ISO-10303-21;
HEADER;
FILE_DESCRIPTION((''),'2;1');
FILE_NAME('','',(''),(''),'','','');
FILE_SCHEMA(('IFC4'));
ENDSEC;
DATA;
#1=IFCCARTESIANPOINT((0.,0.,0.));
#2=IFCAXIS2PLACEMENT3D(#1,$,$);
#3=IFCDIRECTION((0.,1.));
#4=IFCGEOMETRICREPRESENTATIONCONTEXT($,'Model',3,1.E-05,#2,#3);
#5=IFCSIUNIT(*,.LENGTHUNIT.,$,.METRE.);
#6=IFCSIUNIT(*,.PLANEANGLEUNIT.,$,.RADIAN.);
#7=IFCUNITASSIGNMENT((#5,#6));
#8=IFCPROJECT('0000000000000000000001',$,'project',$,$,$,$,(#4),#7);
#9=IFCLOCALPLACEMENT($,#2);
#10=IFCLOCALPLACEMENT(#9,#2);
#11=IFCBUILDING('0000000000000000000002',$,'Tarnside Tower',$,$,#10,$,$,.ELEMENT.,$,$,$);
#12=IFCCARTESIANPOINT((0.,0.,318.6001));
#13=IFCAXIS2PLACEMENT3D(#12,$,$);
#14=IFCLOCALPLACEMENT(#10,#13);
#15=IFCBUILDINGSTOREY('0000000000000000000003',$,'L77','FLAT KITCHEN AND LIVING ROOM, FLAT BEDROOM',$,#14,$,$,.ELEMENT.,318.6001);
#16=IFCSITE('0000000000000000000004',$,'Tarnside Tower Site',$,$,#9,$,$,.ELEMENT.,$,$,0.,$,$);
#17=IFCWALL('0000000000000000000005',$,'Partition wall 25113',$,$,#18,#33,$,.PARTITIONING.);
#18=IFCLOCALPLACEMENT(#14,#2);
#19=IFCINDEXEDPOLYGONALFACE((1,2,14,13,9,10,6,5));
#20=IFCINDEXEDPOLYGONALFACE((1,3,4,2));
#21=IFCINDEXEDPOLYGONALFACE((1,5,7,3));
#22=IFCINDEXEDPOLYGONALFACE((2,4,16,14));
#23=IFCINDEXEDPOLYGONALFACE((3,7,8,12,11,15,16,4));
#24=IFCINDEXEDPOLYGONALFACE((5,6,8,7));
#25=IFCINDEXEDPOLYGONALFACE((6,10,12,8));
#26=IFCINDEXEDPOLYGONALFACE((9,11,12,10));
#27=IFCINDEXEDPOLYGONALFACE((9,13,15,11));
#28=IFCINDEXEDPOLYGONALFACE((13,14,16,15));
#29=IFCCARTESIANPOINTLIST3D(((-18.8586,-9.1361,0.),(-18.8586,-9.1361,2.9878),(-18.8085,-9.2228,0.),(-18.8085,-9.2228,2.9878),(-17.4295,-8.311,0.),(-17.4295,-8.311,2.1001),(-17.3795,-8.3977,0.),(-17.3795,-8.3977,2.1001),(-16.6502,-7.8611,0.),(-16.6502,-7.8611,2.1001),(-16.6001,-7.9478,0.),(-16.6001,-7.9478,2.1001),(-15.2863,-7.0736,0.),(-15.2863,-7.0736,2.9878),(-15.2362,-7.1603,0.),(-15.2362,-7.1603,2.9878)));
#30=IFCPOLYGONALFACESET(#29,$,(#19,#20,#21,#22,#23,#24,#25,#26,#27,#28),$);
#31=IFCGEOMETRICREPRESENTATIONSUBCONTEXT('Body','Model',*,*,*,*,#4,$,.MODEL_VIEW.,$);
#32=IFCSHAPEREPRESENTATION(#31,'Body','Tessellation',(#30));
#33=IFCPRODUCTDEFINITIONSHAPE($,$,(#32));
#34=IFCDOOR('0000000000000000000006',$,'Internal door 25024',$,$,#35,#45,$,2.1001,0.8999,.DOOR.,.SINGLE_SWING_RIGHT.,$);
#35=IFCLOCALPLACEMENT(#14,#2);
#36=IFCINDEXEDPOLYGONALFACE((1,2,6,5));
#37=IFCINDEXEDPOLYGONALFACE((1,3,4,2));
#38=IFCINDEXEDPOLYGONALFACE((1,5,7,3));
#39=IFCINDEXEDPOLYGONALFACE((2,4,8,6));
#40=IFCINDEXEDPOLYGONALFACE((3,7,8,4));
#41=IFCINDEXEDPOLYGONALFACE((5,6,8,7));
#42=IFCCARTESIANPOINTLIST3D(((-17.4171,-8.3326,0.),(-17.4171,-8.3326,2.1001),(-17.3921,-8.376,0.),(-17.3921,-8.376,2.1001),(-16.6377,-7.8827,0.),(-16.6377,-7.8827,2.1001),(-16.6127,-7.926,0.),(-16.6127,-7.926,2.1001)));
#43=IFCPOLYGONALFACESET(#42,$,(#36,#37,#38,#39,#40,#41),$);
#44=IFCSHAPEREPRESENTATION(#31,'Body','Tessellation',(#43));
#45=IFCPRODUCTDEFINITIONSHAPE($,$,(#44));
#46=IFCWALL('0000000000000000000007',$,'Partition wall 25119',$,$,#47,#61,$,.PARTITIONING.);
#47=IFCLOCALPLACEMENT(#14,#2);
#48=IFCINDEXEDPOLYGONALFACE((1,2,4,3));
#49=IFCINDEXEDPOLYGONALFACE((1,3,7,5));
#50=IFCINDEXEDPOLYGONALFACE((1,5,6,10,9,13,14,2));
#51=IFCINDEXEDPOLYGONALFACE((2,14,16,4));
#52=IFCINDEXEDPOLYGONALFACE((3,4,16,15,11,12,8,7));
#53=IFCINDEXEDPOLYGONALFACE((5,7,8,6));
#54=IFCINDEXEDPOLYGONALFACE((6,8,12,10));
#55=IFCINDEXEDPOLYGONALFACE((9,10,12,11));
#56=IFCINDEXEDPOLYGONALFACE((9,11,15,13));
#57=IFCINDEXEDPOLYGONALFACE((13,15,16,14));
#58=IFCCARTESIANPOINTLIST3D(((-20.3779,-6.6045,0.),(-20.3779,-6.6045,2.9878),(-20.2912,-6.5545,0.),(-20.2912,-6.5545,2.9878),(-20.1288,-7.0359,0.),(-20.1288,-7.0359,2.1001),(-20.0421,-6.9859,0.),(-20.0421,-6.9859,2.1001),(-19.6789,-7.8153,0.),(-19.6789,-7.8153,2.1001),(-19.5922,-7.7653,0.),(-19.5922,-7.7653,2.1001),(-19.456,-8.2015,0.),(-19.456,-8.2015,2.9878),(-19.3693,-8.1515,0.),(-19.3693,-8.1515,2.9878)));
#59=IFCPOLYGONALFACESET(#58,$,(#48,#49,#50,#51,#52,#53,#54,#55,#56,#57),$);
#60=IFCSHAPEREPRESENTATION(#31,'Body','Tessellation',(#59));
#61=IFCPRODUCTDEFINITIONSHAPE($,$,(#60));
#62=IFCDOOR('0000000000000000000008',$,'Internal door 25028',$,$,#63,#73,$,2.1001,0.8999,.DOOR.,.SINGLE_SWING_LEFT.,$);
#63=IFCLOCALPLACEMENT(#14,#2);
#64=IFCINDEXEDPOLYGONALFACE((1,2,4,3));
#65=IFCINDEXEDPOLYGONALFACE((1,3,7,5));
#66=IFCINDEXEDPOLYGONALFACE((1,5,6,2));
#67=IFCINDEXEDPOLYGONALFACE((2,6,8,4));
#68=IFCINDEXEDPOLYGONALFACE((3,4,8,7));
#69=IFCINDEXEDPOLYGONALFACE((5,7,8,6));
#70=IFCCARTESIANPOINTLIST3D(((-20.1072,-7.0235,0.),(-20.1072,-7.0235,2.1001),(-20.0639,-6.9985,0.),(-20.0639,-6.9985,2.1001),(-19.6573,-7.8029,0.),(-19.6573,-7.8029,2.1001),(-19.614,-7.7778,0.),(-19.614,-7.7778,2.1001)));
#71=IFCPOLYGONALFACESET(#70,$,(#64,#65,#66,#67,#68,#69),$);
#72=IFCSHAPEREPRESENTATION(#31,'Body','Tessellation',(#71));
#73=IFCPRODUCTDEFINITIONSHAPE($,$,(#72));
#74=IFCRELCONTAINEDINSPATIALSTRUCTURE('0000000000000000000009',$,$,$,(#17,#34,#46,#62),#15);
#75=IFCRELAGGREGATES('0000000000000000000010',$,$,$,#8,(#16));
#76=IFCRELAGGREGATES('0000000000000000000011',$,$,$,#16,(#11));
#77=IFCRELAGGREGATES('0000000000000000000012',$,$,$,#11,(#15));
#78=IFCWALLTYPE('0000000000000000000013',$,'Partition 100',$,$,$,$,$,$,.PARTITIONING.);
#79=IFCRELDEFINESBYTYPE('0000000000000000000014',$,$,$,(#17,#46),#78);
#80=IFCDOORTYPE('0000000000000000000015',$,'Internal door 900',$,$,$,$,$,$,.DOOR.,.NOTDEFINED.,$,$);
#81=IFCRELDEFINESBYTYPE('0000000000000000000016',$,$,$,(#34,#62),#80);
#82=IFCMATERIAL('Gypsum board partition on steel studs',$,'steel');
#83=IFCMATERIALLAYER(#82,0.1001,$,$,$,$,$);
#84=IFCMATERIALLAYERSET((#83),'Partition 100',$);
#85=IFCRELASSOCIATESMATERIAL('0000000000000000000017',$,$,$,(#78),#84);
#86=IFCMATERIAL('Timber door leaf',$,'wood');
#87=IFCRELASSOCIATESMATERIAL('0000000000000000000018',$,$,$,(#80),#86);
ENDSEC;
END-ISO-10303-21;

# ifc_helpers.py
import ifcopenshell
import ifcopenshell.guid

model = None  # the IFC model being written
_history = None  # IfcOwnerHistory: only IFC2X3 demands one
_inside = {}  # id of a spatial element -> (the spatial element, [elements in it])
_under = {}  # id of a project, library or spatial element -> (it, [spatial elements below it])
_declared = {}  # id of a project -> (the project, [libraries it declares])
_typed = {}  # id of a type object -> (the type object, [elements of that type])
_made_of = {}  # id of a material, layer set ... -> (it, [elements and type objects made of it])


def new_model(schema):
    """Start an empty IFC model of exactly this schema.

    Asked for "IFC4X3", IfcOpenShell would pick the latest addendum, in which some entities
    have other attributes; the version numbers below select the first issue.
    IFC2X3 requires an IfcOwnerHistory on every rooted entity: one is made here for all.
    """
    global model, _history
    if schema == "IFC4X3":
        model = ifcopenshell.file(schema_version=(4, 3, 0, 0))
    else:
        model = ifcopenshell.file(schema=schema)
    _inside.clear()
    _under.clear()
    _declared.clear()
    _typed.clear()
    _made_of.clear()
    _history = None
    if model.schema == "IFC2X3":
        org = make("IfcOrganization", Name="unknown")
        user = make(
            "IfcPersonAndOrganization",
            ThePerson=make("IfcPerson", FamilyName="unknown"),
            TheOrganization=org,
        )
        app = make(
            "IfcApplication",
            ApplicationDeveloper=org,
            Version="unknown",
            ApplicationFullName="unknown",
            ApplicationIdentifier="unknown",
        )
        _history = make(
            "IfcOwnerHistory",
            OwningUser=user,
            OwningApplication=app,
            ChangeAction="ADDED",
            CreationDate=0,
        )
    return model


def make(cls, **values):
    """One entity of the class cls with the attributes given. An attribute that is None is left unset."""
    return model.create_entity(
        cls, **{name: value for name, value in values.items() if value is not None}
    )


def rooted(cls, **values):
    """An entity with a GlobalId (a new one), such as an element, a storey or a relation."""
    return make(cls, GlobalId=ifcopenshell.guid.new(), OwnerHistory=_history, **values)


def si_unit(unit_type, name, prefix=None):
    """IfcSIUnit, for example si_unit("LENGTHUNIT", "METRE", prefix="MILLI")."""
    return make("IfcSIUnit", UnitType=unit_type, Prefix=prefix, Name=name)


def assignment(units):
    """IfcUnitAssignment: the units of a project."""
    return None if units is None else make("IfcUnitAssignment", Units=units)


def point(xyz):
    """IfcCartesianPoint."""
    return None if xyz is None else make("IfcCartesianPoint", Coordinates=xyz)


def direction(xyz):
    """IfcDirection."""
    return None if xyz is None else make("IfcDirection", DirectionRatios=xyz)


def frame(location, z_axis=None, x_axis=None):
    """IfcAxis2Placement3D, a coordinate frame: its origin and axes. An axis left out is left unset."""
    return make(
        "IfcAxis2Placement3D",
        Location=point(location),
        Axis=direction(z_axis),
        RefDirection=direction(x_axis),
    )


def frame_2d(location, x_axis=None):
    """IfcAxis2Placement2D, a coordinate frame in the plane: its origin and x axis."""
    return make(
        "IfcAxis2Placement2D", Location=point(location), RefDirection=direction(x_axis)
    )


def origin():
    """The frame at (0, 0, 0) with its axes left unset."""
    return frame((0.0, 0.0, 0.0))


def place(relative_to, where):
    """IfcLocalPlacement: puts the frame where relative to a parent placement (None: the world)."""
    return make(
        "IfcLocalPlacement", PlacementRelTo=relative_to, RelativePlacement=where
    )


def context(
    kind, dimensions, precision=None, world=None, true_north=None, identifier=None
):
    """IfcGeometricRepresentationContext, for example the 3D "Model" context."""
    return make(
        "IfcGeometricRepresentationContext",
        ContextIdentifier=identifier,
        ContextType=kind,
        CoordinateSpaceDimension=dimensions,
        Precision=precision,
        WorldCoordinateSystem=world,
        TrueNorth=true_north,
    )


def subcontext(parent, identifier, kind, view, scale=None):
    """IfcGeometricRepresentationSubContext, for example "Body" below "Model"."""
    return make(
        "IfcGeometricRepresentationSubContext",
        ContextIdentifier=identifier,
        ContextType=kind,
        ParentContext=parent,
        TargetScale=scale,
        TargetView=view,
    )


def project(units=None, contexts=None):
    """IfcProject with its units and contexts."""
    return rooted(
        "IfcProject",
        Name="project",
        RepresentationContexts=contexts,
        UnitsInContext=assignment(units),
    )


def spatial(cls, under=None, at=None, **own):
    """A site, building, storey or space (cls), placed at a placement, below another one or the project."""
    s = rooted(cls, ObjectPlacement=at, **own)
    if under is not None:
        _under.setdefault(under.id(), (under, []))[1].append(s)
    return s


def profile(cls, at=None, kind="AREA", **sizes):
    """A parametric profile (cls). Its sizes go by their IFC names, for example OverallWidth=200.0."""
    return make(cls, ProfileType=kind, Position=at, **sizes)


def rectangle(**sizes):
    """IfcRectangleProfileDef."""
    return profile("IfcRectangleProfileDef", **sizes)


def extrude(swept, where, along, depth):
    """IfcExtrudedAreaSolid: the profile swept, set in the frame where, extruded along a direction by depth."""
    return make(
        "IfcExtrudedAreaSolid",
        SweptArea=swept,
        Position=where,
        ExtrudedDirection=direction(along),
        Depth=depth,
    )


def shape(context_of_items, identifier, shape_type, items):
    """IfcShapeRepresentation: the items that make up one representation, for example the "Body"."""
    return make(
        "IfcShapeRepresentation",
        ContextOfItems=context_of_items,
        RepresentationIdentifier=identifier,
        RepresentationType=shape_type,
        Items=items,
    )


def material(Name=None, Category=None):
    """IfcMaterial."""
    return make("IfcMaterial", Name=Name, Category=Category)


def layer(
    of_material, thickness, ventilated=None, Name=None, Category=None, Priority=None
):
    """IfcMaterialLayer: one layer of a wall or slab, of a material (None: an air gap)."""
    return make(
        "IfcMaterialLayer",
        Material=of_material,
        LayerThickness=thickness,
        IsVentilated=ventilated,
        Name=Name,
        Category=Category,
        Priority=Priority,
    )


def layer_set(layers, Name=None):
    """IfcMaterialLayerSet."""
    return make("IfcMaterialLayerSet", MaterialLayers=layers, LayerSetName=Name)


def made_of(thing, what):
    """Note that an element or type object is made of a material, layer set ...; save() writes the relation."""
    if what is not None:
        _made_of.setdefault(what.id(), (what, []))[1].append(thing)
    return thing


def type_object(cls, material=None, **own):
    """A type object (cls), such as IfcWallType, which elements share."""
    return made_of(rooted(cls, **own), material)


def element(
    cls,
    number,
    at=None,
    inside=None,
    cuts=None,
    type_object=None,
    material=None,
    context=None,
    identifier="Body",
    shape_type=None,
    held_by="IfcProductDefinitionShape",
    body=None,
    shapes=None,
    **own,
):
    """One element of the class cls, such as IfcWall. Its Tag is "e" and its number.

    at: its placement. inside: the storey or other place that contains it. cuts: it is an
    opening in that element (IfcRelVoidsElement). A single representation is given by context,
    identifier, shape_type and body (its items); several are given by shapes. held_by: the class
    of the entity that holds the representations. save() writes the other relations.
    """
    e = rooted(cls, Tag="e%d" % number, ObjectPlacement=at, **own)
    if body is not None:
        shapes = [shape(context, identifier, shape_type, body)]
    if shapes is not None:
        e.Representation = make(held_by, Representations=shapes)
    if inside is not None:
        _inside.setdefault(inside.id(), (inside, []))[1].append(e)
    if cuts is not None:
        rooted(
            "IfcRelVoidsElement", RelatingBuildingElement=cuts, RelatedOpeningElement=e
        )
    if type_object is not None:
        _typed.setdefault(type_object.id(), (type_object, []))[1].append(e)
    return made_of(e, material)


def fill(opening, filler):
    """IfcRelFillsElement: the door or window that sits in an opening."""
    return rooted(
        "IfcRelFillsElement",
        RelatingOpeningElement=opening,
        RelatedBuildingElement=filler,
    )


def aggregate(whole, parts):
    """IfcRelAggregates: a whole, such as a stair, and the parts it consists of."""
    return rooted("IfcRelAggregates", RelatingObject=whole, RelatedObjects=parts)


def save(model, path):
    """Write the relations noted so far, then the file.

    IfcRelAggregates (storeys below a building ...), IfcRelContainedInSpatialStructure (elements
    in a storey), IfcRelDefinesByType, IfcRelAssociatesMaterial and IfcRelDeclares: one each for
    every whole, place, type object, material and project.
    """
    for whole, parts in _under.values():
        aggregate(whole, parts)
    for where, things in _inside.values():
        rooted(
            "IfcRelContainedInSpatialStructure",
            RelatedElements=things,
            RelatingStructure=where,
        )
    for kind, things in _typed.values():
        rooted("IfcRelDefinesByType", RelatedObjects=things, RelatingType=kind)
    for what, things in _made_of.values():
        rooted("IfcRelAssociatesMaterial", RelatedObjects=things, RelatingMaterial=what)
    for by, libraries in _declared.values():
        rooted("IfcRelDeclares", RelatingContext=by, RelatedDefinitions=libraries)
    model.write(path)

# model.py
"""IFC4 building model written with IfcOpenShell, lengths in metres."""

from ifc_helpers import new_model, si_unit, direction, frame, frame_2d, origin, place, context, subcontext, project, spatial, rectangle, extrude, material, layer, layer_set, type_object, element, fill, save


model = new_model("IFC4")

# Units and contexts
model_context = context("Model", 3, precision=1e-05, world=origin(), true_north=direction((0.0, 1.0)))
body_context = subcontext(model_context, "Body", "Model", "MODEL_VIEW")
ifc_project = project(units=[si_unit("LENGTHUNIT", "METRE"), si_unit("PLANEANGLEUNIT", "RADIAN")], contexts=[model_context])

# Site, building, storey
site_placement = place(None, origin())
site = spatial("IfcSite", under=ifc_project, at=site_placement, Name="Tarnside Tower Site", CompositionType="ELEMENT", RefElevation=0.0)
building_placement = place(site_placement, origin())
building = spatial("IfcBuilding", under=site, at=building_placement, Name="Tarnside Tower", CompositionType="ELEMENT")
storey_placement = place(building_placement, frame((0.0, 0.0, 318.6001)))
storey = spatial("IfcBuildingStorey", under=building, at=storey_placement, Name="L77", Description="FLAT KITCHEN AND LIVING ROOM, FLAT BEDROOM", CompositionType="ELEMENT", Elevation=318.6001)

# Shared definitions
ifc_material_1 = material(Name="Gypsum board partition on steel studs", Category="steel")
ifc_material_2 = material(Name="Timber door leaf", Category="wood")

# Walls, openings, doors
ifc_layer_1 = layer(ifc_material_1, 0.1001)
ifc_layer_set_1 = layer_set([ifc_layer_1], Name="Partition 100")
wall_type_1 = type_object("IfcWallType", Name="Partition 100", PredefinedType="PARTITIONING", material=ifc_layer_set_1)
wall_1_placement = place(storey_placement, frame((-15.2612, -7.1169, 0.0), z_axis=(0.0, 0.0, 1.0), x_axis=(-0.86602, -0.500009, 0.0)))
wall_1 = element("IfcWall", 1, at=wall_1_placement, inside=storey, type_object=wall_type_1, Name="Partition wall 25113", PredefinedType="PARTITIONING", context=body_context, shape_type="SweptSolid", body=[
    extrude(rectangle(XDim=4.125, YDim=0.1001, at=frame_2d((2.0625, 0.0))), origin(), (0.0, 0.0, 1.0), 2.9878),
])
opening_1_placement = place(wall_1_placement, frame((1.575, 0.0, 0.0)))
opening_1 = element("IfcOpeningElement", 2, at=opening_1_placement, cuts=wall_1, PredefinedType="OPENING", context=body_context, shape_type="SweptSolid", body=[
    extrude(rectangle(XDim=0.8999, YDim=2.1001, at=frame_2d((0.45, 1.05))), frame((0.0, 0.0601, 0.0), z_axis=(0.0, -1.0, 0.0), x_axis=(1.0, 0.0, 0.0)), (0.0, 0.0, 1.0), 0.1201),
])
door_type_1 = type_object("IfcDoorType", Name="Internal door 900", OperationType="NOTDEFINED", PredefinedType="DOOR", material=ifc_material_2)
door_1_placement = place(opening_1_placement, origin())
door_1 = element("IfcDoor", 3, at=door_1_placement, inside=storey, type_object=door_type_1, Name="Internal door 25024", OperationType="SINGLE_SWING_RIGHT", OverallHeight=2.1001, OverallWidth=0.8999, PredefinedType="DOOR", context=body_context, shape_type="SweptSolid", body=[
    extrude(rectangle(XDim=0.8999, YDim=2.1001, at=frame_2d((0.45, 1.05))), frame((0.0, 0.0249, 0.0), z_axis=(0.0, -1.0, 0.0), x_axis=(1.0, 0.0, 0.0)), (0.0, 0.0, 1.0), 0.05),
])
fill(opening_1, door_1)
wall_2_placement = place(storey_placement, frame((-20.3345, -6.5796, 0.0), z_axis=(0.0, 0.0, 1.0), x_axis=(0.499956, -0.866051, 0.0)))
wall_2 = element("IfcWall", 4, at=wall_2_placement, inside=storey, type_object=wall_type_1, Name="Partition wall 25119", PredefinedType="PARTITIONING", context=body_context, shape_type="SweptSolid", body=[
    extrude(rectangle(XDim=1.844, YDim=0.1001, at=frame_2d((0.9219, 0.0))), origin(), (0.0, 0.0, 1.0), 2.9878),
])
opening_2_placement = place(wall_2_placement, frame((0.498, 0.0, 0.0)))
opening_2 = element("IfcOpeningElement", 5, at=opening_2_placement, cuts=wall_2, PredefinedType="OPENING", context=body_context, shape_type="SweptSolid", body=[
    extrude(rectangle(XDim=0.8999, YDim=2.1001, at=frame_2d((0.45, 1.05))), frame((0.0, 0.0601, 0.0), z_axis=(0.0, -1.0, 0.0), x_axis=(1.0, 0.0, 0.0)), (0.0, 0.0, 1.0), 0.1201),
])
door_2_placement = place(opening_2_placement, origin())
door_2 = element("IfcDoor", 6, at=door_2_placement, inside=storey, type_object=door_type_1, Name="Internal door 25028", OperationType="SINGLE_SWING_LEFT", OverallHeight=2.1001, OverallWidth=0.8999, PredefinedType="DOOR", context=body_context, shape_type="SweptSolid", body=[
    extrude(rectangle(XDim=0.8999, YDim=2.1001, at=frame_2d((0.45, 1.05))), frame((0.0, 0.0249, 0.0), z_axis=(0.0, -1.0, 0.0), x_axis=(1.0, 0.0, 0.0)), (0.0, 0.0, 1.0), 0.05),
])
fill(opening_2, door_2)

save(model, "model.ifc")
